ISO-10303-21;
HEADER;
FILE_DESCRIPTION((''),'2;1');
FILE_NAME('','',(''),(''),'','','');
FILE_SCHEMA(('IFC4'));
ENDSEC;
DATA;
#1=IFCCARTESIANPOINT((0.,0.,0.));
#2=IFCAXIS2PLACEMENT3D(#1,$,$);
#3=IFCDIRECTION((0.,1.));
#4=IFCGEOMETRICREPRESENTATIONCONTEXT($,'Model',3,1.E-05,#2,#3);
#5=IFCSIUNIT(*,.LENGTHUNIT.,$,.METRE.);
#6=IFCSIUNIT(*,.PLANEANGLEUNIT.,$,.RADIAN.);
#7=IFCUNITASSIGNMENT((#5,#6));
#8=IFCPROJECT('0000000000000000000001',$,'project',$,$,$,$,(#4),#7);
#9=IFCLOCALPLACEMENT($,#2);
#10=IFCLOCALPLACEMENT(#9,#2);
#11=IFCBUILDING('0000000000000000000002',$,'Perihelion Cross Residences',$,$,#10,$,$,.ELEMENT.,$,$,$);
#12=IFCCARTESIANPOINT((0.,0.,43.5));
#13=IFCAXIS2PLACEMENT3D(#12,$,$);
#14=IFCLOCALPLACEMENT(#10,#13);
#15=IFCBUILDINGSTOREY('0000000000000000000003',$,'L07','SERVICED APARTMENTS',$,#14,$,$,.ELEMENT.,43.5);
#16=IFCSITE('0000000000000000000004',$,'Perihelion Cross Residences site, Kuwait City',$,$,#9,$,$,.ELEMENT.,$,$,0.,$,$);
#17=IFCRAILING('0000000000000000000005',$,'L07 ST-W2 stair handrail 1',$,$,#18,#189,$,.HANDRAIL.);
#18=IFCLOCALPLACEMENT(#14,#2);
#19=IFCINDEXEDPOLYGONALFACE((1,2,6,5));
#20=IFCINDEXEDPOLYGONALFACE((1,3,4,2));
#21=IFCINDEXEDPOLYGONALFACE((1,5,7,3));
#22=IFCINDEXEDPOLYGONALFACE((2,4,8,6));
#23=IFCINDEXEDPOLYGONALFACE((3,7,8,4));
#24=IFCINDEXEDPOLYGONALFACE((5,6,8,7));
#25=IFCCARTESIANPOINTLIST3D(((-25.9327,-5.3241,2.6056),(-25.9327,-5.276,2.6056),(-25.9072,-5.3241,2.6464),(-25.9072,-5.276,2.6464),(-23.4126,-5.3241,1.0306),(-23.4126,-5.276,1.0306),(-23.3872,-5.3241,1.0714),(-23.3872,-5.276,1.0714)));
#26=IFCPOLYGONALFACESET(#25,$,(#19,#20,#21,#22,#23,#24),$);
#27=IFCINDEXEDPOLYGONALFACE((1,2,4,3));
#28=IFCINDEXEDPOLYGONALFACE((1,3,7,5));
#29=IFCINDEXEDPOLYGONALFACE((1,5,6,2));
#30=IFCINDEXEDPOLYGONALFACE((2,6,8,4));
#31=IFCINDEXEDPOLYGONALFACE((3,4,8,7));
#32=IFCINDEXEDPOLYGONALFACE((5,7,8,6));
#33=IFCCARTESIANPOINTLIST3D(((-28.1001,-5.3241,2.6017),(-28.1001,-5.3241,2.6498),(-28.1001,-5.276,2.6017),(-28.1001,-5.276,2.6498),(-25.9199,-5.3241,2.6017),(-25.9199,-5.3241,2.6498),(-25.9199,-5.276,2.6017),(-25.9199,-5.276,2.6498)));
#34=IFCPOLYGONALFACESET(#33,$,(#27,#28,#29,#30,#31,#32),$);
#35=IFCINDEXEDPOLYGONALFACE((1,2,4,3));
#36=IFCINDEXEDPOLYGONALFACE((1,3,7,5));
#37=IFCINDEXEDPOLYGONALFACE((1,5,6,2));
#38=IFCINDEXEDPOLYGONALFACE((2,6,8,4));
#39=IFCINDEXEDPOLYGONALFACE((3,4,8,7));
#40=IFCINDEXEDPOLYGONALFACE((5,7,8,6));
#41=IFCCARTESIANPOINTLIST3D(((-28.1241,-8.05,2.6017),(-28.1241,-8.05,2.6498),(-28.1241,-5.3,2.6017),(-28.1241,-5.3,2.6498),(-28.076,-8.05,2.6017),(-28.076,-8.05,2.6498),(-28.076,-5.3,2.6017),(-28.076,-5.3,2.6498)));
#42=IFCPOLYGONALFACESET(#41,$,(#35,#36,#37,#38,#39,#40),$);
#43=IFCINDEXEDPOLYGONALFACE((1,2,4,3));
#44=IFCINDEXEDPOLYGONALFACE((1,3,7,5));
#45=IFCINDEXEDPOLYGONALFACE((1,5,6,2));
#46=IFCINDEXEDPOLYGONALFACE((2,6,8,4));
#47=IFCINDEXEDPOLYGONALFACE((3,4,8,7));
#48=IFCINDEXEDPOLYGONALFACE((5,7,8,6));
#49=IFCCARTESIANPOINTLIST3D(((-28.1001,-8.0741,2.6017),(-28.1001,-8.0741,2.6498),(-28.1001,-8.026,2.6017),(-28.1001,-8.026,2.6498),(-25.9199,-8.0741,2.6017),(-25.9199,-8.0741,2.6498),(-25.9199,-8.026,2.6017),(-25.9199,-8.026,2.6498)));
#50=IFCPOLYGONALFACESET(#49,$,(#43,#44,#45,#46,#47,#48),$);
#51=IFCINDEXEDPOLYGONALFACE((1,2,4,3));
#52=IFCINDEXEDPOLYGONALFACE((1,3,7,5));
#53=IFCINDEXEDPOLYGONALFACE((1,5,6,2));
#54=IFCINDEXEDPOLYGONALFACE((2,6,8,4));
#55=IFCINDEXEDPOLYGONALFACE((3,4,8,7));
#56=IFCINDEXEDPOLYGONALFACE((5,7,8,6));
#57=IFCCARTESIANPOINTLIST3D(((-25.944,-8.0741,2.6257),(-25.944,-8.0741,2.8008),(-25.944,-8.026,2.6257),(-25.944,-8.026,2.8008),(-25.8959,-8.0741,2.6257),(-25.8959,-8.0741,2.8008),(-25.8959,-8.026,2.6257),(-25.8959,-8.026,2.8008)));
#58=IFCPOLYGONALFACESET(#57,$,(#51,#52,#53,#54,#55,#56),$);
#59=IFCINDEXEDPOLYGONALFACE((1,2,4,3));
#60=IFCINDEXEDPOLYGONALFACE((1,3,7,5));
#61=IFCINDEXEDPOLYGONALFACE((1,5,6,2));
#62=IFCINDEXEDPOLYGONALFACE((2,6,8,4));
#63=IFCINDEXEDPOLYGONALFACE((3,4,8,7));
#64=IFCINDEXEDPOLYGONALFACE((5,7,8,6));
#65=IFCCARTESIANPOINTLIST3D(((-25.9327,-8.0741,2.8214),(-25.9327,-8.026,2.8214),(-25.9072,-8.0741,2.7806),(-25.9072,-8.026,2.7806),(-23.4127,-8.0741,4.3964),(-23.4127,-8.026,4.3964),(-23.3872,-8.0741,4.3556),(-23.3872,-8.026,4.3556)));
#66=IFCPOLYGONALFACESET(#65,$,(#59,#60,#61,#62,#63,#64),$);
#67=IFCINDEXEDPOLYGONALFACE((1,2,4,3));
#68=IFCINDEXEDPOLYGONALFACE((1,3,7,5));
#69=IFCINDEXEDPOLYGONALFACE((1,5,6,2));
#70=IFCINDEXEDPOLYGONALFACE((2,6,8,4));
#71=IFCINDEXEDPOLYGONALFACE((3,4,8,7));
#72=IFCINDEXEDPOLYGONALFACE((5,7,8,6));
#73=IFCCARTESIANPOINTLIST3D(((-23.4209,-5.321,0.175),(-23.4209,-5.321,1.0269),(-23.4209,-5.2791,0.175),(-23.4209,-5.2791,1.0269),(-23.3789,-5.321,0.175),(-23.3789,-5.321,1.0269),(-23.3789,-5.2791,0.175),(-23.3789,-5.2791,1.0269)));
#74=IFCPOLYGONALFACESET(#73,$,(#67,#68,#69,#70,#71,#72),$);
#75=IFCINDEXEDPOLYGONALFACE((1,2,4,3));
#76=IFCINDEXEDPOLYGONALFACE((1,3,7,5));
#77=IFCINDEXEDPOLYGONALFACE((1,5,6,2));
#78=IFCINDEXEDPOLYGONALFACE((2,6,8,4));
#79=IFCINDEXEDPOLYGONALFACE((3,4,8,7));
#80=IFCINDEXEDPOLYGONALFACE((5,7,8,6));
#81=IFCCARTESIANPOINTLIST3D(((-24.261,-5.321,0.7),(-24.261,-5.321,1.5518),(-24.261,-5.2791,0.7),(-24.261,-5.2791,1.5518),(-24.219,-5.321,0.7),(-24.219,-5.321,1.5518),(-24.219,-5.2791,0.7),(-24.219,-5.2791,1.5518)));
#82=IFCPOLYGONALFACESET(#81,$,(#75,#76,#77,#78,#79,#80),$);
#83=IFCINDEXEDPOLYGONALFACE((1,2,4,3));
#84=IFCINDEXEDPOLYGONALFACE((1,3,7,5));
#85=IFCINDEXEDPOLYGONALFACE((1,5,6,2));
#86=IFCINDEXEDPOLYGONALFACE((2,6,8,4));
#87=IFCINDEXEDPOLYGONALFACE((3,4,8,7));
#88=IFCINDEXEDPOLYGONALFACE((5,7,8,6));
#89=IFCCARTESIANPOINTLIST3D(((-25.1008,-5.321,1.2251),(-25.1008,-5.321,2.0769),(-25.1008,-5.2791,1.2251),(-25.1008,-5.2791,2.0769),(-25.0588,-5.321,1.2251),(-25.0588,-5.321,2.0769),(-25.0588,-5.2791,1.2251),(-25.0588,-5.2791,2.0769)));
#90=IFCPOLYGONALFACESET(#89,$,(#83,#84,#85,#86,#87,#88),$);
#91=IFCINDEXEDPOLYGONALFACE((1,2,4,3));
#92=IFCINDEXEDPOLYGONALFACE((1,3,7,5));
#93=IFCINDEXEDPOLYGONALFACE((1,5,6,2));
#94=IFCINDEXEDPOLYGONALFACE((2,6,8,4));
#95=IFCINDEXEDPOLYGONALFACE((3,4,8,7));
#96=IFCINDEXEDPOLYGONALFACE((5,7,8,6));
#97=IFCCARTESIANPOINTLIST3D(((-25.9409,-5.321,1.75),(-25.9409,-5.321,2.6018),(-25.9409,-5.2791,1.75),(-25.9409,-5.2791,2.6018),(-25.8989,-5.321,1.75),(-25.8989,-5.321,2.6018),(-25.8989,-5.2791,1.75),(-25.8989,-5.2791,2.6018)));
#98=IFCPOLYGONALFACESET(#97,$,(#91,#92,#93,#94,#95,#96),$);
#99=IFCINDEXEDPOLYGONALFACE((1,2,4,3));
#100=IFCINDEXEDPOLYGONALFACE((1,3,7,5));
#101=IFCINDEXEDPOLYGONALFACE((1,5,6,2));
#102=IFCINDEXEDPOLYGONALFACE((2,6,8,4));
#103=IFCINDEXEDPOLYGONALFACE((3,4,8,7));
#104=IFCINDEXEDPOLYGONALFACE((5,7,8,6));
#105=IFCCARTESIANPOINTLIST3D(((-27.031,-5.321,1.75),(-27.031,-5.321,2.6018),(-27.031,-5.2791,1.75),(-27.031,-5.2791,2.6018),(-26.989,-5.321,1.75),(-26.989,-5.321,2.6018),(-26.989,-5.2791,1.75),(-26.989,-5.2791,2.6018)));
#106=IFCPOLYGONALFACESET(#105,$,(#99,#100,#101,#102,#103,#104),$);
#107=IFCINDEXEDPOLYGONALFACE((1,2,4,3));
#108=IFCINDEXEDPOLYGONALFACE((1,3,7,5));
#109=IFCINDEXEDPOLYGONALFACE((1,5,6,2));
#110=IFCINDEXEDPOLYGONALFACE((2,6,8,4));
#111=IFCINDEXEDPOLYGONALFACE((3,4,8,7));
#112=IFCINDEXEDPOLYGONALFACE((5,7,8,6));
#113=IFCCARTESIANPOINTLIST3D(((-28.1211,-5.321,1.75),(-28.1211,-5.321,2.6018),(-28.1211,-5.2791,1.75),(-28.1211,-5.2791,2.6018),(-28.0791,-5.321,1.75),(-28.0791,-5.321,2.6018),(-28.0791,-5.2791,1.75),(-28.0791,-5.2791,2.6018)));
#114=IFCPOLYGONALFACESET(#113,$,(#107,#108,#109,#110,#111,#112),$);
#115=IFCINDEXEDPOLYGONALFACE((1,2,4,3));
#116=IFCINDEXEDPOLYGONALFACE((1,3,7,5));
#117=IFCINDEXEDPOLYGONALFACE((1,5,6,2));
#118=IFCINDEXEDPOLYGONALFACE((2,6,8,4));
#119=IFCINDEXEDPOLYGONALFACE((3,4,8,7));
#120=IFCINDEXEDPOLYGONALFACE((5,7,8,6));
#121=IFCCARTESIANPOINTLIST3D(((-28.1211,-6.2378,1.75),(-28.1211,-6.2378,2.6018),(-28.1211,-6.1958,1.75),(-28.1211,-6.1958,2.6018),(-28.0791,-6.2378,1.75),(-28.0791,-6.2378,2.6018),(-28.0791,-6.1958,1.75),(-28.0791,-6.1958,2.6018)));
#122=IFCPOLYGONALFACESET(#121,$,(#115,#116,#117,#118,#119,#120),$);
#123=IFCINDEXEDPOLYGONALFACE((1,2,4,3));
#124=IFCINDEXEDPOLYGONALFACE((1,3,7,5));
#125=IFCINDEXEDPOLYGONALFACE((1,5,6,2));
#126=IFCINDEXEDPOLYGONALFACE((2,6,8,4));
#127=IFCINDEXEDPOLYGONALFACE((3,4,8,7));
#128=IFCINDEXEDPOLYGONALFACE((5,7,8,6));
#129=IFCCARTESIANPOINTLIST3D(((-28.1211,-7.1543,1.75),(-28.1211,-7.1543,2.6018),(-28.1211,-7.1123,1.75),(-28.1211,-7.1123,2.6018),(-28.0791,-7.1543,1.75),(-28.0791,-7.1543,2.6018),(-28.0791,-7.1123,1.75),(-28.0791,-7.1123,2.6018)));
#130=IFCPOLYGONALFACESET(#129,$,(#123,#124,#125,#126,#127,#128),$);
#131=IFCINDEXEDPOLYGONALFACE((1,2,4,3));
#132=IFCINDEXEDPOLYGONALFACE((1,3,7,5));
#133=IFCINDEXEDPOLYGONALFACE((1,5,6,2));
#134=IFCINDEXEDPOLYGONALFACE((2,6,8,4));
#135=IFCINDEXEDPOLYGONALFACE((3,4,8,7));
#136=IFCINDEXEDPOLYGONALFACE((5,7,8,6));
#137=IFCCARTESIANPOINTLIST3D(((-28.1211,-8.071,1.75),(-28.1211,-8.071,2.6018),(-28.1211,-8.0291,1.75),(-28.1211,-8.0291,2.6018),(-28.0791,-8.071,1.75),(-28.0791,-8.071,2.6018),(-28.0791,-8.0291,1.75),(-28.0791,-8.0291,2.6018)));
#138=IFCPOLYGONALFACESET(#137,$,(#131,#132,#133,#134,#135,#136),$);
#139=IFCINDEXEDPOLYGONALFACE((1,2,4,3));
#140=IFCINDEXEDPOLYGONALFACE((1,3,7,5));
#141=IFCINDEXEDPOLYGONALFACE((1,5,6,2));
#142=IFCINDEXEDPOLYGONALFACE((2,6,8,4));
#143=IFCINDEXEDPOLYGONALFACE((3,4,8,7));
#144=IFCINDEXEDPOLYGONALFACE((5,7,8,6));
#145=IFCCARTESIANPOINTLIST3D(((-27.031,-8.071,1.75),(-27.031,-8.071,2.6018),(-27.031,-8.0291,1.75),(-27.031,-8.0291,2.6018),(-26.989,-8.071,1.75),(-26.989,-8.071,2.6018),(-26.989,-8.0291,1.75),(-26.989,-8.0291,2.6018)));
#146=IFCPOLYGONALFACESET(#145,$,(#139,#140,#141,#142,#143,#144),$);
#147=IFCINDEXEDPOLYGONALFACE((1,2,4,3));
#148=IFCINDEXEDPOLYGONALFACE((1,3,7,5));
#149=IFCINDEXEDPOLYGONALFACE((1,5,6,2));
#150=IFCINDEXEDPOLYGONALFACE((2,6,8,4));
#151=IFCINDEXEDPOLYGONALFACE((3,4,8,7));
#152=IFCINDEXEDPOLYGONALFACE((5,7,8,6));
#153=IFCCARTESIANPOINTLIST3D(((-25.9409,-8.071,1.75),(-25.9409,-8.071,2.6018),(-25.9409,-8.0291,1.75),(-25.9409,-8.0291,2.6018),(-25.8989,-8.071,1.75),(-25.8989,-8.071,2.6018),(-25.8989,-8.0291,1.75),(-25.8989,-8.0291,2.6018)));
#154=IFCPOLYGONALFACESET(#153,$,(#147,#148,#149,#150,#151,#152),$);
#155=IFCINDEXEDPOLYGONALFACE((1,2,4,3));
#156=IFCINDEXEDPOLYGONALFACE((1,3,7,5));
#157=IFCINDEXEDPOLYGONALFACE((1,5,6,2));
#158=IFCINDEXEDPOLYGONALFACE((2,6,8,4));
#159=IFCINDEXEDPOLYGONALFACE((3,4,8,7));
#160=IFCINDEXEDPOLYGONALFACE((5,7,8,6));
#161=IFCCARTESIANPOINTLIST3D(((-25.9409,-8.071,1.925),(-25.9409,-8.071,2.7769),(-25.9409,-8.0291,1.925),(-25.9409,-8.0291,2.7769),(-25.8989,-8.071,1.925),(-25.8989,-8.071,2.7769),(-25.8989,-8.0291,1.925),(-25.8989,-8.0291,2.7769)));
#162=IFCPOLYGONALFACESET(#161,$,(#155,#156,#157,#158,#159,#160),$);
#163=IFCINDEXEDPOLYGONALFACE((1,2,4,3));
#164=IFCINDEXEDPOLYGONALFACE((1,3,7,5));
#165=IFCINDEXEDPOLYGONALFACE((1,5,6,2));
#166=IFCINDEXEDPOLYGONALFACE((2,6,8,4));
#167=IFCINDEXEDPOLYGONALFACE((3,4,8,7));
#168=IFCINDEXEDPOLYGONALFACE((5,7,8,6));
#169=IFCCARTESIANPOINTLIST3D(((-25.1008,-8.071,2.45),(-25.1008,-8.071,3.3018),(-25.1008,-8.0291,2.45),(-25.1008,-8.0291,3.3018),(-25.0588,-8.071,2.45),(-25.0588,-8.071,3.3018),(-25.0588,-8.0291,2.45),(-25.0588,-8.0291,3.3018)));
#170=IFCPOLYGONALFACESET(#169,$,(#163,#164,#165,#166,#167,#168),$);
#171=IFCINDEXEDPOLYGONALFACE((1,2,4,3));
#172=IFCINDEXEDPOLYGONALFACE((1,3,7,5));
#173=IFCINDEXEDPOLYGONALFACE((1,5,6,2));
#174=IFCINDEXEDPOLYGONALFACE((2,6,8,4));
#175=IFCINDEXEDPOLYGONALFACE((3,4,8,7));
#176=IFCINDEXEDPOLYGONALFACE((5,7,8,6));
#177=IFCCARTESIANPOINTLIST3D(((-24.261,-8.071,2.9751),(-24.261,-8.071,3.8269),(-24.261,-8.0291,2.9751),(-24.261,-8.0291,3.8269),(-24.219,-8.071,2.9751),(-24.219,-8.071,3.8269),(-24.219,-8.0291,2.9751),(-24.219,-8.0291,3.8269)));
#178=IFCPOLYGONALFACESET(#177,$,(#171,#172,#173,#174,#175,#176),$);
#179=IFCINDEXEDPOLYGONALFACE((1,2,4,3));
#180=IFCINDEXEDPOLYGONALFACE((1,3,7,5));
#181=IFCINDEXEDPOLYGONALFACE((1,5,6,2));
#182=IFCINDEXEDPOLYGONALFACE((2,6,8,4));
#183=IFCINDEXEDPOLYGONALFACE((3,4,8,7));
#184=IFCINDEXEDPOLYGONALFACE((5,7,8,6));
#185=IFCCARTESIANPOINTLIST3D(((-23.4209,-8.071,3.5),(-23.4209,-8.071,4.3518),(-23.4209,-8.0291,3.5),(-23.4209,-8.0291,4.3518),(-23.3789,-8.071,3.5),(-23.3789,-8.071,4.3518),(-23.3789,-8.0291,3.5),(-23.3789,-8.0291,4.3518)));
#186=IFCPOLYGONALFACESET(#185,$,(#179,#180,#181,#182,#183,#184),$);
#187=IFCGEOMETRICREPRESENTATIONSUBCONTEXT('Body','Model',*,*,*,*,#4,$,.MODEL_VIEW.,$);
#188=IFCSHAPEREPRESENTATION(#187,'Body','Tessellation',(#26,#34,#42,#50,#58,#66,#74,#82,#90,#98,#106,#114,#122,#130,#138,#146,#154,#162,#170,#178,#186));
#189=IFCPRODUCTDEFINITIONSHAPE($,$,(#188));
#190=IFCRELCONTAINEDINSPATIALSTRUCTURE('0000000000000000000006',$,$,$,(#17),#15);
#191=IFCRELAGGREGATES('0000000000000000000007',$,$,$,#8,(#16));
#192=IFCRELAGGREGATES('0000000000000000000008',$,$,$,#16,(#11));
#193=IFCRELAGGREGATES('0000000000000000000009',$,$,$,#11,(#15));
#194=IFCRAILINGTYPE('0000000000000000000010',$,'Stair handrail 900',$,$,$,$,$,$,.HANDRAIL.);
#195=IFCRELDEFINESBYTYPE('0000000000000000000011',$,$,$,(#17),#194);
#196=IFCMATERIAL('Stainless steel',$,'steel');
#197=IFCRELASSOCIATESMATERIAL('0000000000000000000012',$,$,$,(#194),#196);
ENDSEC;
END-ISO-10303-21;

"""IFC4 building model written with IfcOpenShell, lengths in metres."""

from ifc_helpers import new_model, si_unit, direction, frame, origin, origin_2d, place, context, subcontext, project, spatial, rectangle, extrude, material, type_object, element, save


model = new_model("IFC4")

# Units and contexts
model_context = context("Model", 3, precision=1e-05, world=origin(), true_north=direction((0.0, 1.0)))
body_context = subcontext(model_context, "Body", "Model", "MODEL_VIEW")
ifc_project = project(units=[si_unit("LENGTHUNIT", "METRE"), si_unit("PLANEANGLEUNIT", "RADIAN")], contexts=[model_context])

# Site, building, storey
site_placement = place(None, origin())
site = spatial("IfcSite", under=ifc_project, at=site_placement, Name="Perihelion Cross Residences site, Kuwait City", CompositionType="ELEMENT", RefElevation=0.0)
building_placement = place(site_placement, origin())
building = spatial("IfcBuilding", under=site, at=building_placement, Name="Perihelion Cross Residences", CompositionType="ELEMENT")
storey_placement = place(building_placement, frame((0.0, 0.0, 43.5)))
storey = spatial("IfcBuildingStorey", under=building, at=storey_placement, Name="L07", Description="SERVICED APARTMENTS", CompositionType="ELEMENT", Elevation=43.5)

# Railing
ifc_material_1 = material(Name="Stainless steel", Category="steel")
railing_type_1 = type_object("IfcRailingType", Name="Stair handrail 900", PredefinedType="HANDRAIL", material=ifc_material_1)
railing_1_placement = place(storey_placement, frame((-23.3999, -5.3, 0.175)))
element("IfcRailing", 1, at=railing_1_placement, inside=storey, type_object=railing_type_1, Name="L07 ST-W2 stair handrail 1", PredefinedType="HANDRAIL", context=body_context, shape_type="SweptSolid", body=[
    extrude(rectangle(XDim=0.0481, YDim=0.0481, at=origin_2d()), frame((0.0, 0.0, 0.876), z_axis=(-0.848008, 0.0, 0.529984), x_axis=(0.0, -1.0, 0.0)), (0.0, 0.0, 1.0), 2.9717),
    extrude(rectangle(XDim=0.0481, YDim=0.0481, at=origin_2d()), frame((-2.52, 0.0, 2.4507), z_axis=(-1.0, 0.0, 0.0), x_axis=(0.0, -1.0, 0.0)), (0.0, 0.0, 1.0), 2.1802),
    extrude(rectangle(XDim=0.0481, YDim=0.0481, at=origin_2d()), frame((-4.7002, 0.0, 2.4507), z_axis=(0.0, -1.0, 0.0), x_axis=(1.0, 0.0, 0.0)), (0.0, 0.0, 1.0), 2.75),
    extrude(rectangle(XDim=0.0481, YDim=0.0481, at=origin_2d()), frame((-4.7002, -2.75, 2.4507), z_axis=(1.0, 0.0, 0.0), x_axis=(0.0, 1.0, 0.0)), (0.0, 0.0, 1.0), 2.1802),
    extrude(rectangle(XDim=0.0481, YDim=0.0481, at=origin_2d()), frame((-2.52, -2.75, 2.4507), z_axis=(0.0, 0.0, 1.0), x_axis=(1.0, 0.0, 0.0)), (0.0, 0.0, 1.0), 0.175),
    extrude(rectangle(XDim=0.0481, YDim=0.0481, at=origin_2d()), frame((-2.52, -2.75, 2.626), z_axis=(0.848008, 0.0, 0.529984), x_axis=(0.0, 1.0, 0.0)), (0.0, 0.0, 1.0), 2.9717),
    extrude(rectangle(XDim=0.042, YDim=0.042, at=origin_2d()), origin(), (0.0, 0.0, 1.0), 0.8518),
    extrude(rectangle(XDim=0.042, YDim=0.042, at=origin_2d()), frame((-0.8401, 0.0, 0.5249)), (0.0, 0.0, 1.0), 0.8518),
    extrude(rectangle(XDim=0.042, YDim=0.042, at=origin_2d()), frame((-1.6799, 0.0, 1.05)), (0.0, 0.0, 1.0), 0.8518),
    extrude(rectangle(XDim=0.042, YDim=0.042, at=origin_2d()), frame((-2.52, 0.0, 1.575)), (0.0, 0.0, 1.0), 0.8518),
    extrude(rectangle(XDim=0.042, YDim=0.042, at=origin_2d()), frame((-3.6101, 0.0, 1.575)), (0.0, 0.0, 1.0), 0.8518),
    extrude(rectangle(XDim=0.042, YDim=0.042, at=origin_2d()), frame((-4.7002, 0.0, 1.575)), (0.0, 0.0, 1.0), 0.8518),
    extrude(rectangle(XDim=0.042, YDim=0.042, at=origin_2d()), frame((-4.7002, -0.9167, 1.575)), (0.0, 0.0, 1.0), 0.8518),
    extrude(rectangle(XDim=0.042, YDim=0.042, at=origin_2d()), frame((-4.7002, -1.8333, 1.575)), (0.0, 0.0, 1.0), 0.8518),
    extrude(rectangle(XDim=0.042, YDim=0.042, at=origin_2d()), frame((-4.7002, -2.75, 1.575)), (0.0, 0.0, 1.0), 0.8518),
    extrude(rectangle(XDim=0.042, YDim=0.042, at=origin_2d()), frame((-3.6101, -2.75, 1.575)), (0.0, 0.0, 1.0), 0.8518),
    extrude(rectangle(XDim=0.042, YDim=0.042, at=origin_2d()), frame((-2.52, -2.75, 1.575)), (0.0, 0.0, 1.0), 0.8518),
    extrude(rectangle(XDim=0.042, YDim=0.042, at=origin_2d()), frame((-2.52, -2.75, 1.75)), (0.0, 0.0, 1.0), 0.8518),
    extrude(rectangle(XDim=0.042, YDim=0.042, at=origin_2d()), frame((-1.6799, -2.75, 2.2749)), (0.0, 0.0, 1.0), 0.8518),
    extrude(rectangle(XDim=0.042, YDim=0.042, at=origin_2d()), frame((-0.8401, -2.75, 2.8)), (0.0, 0.0, 1.0), 0.8518),
    extrude(rectangle(XDim=0.042, YDim=0.042, at=origin_2d()), frame((0.0, -2.75, 3.325)), (0.0, 0.0, 1.0), 0.8518),
])

save(model, "model.ifc")
